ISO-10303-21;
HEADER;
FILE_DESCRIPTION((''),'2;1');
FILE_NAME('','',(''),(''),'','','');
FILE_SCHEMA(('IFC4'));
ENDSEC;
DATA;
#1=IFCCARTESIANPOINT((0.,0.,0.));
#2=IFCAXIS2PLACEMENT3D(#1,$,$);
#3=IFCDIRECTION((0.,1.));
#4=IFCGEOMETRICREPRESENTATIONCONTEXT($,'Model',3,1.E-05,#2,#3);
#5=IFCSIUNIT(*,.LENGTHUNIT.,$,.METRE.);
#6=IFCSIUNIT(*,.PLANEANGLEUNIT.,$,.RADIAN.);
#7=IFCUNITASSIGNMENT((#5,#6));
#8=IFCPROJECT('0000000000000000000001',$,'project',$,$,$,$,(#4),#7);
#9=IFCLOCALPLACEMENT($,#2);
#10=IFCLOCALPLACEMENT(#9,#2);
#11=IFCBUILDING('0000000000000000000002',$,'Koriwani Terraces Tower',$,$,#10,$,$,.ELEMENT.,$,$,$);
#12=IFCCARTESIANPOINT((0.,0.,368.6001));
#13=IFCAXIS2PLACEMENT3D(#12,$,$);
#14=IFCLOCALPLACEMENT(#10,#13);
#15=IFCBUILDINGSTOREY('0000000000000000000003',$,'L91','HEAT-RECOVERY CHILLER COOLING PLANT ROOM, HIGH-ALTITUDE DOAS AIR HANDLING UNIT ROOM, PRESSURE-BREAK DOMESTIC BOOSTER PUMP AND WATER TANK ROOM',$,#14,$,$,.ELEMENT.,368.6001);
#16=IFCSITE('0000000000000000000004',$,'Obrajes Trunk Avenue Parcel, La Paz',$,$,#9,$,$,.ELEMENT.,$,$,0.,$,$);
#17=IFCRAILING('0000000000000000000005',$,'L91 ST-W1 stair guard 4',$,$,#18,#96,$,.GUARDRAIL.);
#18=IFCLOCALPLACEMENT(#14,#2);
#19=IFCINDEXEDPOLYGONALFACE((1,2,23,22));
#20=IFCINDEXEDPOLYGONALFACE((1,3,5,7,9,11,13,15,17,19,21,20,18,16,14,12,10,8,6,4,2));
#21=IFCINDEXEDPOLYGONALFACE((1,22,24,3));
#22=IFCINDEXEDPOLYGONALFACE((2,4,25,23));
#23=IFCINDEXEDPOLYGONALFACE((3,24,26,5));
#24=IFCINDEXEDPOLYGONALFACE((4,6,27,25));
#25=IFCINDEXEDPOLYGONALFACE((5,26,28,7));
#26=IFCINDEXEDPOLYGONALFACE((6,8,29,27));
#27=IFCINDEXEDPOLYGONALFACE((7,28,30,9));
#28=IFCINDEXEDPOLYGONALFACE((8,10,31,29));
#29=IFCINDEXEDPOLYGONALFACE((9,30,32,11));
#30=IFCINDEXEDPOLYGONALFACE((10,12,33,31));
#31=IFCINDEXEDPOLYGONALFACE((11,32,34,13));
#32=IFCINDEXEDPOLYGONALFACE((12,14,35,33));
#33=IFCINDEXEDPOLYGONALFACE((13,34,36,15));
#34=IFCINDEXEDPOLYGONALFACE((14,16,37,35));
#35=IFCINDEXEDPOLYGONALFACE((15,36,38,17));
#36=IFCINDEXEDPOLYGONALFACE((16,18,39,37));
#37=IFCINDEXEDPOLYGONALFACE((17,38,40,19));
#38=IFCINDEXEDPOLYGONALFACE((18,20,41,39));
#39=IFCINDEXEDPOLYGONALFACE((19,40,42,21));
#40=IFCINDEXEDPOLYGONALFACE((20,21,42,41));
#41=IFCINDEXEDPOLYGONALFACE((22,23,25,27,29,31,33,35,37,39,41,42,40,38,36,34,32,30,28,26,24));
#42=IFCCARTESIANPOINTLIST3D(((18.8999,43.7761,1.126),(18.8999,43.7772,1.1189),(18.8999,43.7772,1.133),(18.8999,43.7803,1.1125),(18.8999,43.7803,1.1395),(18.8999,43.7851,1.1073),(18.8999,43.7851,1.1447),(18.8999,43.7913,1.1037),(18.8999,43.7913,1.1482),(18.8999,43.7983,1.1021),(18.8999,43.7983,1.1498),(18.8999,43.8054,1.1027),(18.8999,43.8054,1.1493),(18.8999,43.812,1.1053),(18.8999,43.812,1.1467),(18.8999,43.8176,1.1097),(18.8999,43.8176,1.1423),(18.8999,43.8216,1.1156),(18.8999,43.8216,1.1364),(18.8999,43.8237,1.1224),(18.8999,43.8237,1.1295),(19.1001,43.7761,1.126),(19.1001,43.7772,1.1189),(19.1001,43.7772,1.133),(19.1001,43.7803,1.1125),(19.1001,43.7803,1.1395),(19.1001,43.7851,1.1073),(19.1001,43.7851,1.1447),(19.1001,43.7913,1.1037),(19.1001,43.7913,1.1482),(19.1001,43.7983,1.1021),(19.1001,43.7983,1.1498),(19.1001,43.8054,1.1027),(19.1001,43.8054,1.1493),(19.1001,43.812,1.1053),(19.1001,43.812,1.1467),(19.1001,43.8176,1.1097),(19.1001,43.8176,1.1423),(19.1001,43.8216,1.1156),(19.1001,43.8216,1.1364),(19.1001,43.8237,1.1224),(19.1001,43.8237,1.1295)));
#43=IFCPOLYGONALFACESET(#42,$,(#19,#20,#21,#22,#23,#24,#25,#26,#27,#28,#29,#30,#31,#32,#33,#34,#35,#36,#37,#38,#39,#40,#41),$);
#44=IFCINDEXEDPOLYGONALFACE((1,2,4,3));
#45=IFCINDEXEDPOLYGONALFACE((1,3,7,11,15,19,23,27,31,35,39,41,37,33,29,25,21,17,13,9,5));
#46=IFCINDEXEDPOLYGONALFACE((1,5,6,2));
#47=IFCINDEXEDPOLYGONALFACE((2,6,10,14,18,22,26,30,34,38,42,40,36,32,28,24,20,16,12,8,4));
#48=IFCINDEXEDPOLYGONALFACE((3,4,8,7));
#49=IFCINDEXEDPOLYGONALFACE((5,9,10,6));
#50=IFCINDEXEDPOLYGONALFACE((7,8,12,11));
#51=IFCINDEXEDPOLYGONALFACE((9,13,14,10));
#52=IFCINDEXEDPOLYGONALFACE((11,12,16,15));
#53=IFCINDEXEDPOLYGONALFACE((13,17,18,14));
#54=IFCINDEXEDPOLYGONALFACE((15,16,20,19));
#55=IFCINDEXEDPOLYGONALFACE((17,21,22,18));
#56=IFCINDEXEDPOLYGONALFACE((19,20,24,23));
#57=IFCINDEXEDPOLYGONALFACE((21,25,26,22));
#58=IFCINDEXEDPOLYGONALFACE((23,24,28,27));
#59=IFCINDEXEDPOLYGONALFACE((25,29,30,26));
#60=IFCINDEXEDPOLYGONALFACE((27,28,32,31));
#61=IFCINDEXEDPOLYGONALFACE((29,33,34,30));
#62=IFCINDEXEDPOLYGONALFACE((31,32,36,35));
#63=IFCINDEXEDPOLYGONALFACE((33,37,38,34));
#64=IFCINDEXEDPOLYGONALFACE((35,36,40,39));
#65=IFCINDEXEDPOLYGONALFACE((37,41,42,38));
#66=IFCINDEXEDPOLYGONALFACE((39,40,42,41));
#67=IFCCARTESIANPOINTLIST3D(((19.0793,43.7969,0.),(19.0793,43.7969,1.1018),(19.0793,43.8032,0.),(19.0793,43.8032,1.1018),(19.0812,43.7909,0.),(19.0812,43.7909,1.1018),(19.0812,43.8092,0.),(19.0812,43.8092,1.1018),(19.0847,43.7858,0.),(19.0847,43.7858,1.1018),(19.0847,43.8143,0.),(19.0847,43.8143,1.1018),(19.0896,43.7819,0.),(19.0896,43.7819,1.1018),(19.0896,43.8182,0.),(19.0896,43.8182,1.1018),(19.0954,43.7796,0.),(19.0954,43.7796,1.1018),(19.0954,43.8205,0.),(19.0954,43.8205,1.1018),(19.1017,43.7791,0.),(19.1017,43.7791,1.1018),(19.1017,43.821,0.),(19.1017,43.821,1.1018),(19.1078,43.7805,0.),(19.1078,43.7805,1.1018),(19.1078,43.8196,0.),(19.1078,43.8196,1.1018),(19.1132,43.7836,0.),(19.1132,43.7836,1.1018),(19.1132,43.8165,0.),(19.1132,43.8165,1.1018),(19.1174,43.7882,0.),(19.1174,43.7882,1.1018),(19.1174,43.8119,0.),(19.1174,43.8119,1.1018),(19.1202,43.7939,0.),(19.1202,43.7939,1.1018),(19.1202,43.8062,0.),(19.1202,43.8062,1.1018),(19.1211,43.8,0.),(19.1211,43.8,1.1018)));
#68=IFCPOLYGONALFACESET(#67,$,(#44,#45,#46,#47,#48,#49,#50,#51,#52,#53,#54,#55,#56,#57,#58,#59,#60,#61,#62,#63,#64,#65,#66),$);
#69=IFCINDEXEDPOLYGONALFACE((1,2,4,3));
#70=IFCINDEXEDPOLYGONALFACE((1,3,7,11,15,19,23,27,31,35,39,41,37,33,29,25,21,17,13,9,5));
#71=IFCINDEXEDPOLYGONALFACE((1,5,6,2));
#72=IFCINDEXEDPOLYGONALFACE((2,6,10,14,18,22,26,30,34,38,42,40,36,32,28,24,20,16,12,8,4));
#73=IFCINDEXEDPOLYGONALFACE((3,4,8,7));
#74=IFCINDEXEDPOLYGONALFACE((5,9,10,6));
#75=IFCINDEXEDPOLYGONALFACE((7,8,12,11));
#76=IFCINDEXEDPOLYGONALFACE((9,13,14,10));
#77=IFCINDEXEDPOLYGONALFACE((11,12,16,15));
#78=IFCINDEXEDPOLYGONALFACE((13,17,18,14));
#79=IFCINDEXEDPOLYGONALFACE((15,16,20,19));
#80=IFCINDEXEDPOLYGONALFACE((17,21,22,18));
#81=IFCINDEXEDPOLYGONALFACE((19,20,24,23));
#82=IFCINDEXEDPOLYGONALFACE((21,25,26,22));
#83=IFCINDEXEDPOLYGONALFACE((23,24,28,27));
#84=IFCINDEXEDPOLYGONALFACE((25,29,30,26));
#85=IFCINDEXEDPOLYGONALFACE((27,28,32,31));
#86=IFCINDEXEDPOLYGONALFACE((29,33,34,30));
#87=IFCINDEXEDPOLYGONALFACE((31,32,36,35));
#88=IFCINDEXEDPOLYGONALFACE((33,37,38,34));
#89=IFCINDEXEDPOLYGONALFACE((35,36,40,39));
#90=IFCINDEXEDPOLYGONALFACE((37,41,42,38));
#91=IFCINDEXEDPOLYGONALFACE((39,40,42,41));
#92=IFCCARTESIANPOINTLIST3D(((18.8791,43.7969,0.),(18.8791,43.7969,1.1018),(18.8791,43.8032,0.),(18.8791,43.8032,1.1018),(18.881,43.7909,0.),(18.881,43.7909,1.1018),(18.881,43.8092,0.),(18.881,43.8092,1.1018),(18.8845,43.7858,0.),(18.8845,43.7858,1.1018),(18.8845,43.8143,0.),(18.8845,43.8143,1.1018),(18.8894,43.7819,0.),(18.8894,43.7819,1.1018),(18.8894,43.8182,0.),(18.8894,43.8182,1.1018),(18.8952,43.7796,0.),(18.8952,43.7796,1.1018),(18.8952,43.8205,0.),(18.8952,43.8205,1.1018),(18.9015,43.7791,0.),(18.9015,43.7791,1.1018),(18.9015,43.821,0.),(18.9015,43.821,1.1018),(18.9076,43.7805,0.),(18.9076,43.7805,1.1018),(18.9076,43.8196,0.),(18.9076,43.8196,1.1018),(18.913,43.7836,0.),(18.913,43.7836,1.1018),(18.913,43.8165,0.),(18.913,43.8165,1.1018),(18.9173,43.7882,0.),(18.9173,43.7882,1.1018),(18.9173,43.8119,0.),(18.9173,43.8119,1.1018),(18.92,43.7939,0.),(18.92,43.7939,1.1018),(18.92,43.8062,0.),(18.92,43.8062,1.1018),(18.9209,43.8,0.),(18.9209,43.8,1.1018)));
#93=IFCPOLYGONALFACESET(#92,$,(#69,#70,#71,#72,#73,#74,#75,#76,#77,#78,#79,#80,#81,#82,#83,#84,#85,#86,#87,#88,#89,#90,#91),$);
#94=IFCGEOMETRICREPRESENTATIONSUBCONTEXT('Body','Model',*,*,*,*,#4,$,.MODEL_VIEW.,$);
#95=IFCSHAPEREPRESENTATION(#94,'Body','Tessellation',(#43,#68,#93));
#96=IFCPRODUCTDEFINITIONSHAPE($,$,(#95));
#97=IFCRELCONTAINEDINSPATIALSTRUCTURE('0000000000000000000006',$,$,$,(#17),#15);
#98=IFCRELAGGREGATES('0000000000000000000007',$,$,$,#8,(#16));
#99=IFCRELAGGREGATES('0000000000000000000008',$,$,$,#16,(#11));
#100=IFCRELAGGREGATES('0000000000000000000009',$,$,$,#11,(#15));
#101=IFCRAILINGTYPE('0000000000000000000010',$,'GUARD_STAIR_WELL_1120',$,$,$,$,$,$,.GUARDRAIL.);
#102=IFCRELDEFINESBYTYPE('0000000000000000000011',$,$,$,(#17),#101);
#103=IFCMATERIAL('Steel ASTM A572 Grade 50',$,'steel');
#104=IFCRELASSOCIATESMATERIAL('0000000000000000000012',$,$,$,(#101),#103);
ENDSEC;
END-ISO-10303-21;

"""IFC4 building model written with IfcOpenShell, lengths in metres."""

from ifc_helpers import new_model, si_unit, direction, frame, origin, origin_2d, place, context, subcontext, project, spatial, circle, extrude, material, type_object, element, save


model = new_model("IFC4")

# Units and contexts
model_context = context("Model", 3, precision=1e-05, world=origin(), true_north=direction((0.0, 1.0)))
body_context = subcontext(model_context, "Body", "Model", "MODEL_VIEW")
ifc_project = project(units=[si_unit("LENGTHUNIT", "METRE"), si_unit("PLANEANGLEUNIT", "RADIAN")], contexts=[model_context])

# Site, building, storey
site_placement = place(None, origin())
site = spatial("IfcSite", under=ifc_project, at=site_placement, Name="Obrajes Trunk Avenue Parcel, La Paz", CompositionType="ELEMENT", RefElevation=0.0)
building_placement = place(site_placement, origin())
building = spatial("IfcBuilding", under=site, at=building_placement, Name="Koriwani Terraces Tower", CompositionType="ELEMENT")
storey_placement = place(building_placement, frame((0.0, 0.0, 368.6001)))
storey = spatial("IfcBuildingStorey", under=building, at=storey_placement, Name="L91", Description="HEAT-RECOVERY CHILLER COOLING PLANT ROOM, HIGH-ALTITUDE DOAS AIR HANDLING UNIT ROOM, PRESSURE-BREAK DOMESTIC BOOSTER PUMP AND WATER TANK ROOM", CompositionType="ELEMENT", Elevation=368.6001)

# Shared definitions
ifc_material_1 = material(Name="Steel ASTM A572 Grade 50", Category="steel")

# Railing
railing_type_1 = type_object("IfcRailingType", Name="GUARD_STAIR_WELL_1120", PredefinedType="GUARDRAIL", material=ifc_material_1)
railing_1_placement = place(storey_placement, frame((19.1001, 43.8, 0.0)))
element("IfcRailing", 1, at=railing_1_placement, inside=storey, type_object=railing_type_1, Name="L91 ST-W1 stair guard 4", PredefinedType="GUARDRAIL", context=body_context, shape_type="SweptSolid", body=[
    extrude(circle(Radius=0.0239, at=origin_2d()), frame((0.0, 0.0, 1.126), z_axis=(-1.0, 0.0, 0.0), x_axis=(0.0, -1.0, 0.0)), (0.0, 0.0, 1.0), 0.2002),
    extrude(circle(Radius=0.021, at=origin_2d()), origin(), (0.0, 0.0, 1.0), 1.1018),
    extrude(circle(Radius=0.021, at=origin_2d()), frame((-0.2002, 0.0, 0.0)), (0.0, 0.0, 1.0), 1.1018),
])

save(model, "model.ifc")
